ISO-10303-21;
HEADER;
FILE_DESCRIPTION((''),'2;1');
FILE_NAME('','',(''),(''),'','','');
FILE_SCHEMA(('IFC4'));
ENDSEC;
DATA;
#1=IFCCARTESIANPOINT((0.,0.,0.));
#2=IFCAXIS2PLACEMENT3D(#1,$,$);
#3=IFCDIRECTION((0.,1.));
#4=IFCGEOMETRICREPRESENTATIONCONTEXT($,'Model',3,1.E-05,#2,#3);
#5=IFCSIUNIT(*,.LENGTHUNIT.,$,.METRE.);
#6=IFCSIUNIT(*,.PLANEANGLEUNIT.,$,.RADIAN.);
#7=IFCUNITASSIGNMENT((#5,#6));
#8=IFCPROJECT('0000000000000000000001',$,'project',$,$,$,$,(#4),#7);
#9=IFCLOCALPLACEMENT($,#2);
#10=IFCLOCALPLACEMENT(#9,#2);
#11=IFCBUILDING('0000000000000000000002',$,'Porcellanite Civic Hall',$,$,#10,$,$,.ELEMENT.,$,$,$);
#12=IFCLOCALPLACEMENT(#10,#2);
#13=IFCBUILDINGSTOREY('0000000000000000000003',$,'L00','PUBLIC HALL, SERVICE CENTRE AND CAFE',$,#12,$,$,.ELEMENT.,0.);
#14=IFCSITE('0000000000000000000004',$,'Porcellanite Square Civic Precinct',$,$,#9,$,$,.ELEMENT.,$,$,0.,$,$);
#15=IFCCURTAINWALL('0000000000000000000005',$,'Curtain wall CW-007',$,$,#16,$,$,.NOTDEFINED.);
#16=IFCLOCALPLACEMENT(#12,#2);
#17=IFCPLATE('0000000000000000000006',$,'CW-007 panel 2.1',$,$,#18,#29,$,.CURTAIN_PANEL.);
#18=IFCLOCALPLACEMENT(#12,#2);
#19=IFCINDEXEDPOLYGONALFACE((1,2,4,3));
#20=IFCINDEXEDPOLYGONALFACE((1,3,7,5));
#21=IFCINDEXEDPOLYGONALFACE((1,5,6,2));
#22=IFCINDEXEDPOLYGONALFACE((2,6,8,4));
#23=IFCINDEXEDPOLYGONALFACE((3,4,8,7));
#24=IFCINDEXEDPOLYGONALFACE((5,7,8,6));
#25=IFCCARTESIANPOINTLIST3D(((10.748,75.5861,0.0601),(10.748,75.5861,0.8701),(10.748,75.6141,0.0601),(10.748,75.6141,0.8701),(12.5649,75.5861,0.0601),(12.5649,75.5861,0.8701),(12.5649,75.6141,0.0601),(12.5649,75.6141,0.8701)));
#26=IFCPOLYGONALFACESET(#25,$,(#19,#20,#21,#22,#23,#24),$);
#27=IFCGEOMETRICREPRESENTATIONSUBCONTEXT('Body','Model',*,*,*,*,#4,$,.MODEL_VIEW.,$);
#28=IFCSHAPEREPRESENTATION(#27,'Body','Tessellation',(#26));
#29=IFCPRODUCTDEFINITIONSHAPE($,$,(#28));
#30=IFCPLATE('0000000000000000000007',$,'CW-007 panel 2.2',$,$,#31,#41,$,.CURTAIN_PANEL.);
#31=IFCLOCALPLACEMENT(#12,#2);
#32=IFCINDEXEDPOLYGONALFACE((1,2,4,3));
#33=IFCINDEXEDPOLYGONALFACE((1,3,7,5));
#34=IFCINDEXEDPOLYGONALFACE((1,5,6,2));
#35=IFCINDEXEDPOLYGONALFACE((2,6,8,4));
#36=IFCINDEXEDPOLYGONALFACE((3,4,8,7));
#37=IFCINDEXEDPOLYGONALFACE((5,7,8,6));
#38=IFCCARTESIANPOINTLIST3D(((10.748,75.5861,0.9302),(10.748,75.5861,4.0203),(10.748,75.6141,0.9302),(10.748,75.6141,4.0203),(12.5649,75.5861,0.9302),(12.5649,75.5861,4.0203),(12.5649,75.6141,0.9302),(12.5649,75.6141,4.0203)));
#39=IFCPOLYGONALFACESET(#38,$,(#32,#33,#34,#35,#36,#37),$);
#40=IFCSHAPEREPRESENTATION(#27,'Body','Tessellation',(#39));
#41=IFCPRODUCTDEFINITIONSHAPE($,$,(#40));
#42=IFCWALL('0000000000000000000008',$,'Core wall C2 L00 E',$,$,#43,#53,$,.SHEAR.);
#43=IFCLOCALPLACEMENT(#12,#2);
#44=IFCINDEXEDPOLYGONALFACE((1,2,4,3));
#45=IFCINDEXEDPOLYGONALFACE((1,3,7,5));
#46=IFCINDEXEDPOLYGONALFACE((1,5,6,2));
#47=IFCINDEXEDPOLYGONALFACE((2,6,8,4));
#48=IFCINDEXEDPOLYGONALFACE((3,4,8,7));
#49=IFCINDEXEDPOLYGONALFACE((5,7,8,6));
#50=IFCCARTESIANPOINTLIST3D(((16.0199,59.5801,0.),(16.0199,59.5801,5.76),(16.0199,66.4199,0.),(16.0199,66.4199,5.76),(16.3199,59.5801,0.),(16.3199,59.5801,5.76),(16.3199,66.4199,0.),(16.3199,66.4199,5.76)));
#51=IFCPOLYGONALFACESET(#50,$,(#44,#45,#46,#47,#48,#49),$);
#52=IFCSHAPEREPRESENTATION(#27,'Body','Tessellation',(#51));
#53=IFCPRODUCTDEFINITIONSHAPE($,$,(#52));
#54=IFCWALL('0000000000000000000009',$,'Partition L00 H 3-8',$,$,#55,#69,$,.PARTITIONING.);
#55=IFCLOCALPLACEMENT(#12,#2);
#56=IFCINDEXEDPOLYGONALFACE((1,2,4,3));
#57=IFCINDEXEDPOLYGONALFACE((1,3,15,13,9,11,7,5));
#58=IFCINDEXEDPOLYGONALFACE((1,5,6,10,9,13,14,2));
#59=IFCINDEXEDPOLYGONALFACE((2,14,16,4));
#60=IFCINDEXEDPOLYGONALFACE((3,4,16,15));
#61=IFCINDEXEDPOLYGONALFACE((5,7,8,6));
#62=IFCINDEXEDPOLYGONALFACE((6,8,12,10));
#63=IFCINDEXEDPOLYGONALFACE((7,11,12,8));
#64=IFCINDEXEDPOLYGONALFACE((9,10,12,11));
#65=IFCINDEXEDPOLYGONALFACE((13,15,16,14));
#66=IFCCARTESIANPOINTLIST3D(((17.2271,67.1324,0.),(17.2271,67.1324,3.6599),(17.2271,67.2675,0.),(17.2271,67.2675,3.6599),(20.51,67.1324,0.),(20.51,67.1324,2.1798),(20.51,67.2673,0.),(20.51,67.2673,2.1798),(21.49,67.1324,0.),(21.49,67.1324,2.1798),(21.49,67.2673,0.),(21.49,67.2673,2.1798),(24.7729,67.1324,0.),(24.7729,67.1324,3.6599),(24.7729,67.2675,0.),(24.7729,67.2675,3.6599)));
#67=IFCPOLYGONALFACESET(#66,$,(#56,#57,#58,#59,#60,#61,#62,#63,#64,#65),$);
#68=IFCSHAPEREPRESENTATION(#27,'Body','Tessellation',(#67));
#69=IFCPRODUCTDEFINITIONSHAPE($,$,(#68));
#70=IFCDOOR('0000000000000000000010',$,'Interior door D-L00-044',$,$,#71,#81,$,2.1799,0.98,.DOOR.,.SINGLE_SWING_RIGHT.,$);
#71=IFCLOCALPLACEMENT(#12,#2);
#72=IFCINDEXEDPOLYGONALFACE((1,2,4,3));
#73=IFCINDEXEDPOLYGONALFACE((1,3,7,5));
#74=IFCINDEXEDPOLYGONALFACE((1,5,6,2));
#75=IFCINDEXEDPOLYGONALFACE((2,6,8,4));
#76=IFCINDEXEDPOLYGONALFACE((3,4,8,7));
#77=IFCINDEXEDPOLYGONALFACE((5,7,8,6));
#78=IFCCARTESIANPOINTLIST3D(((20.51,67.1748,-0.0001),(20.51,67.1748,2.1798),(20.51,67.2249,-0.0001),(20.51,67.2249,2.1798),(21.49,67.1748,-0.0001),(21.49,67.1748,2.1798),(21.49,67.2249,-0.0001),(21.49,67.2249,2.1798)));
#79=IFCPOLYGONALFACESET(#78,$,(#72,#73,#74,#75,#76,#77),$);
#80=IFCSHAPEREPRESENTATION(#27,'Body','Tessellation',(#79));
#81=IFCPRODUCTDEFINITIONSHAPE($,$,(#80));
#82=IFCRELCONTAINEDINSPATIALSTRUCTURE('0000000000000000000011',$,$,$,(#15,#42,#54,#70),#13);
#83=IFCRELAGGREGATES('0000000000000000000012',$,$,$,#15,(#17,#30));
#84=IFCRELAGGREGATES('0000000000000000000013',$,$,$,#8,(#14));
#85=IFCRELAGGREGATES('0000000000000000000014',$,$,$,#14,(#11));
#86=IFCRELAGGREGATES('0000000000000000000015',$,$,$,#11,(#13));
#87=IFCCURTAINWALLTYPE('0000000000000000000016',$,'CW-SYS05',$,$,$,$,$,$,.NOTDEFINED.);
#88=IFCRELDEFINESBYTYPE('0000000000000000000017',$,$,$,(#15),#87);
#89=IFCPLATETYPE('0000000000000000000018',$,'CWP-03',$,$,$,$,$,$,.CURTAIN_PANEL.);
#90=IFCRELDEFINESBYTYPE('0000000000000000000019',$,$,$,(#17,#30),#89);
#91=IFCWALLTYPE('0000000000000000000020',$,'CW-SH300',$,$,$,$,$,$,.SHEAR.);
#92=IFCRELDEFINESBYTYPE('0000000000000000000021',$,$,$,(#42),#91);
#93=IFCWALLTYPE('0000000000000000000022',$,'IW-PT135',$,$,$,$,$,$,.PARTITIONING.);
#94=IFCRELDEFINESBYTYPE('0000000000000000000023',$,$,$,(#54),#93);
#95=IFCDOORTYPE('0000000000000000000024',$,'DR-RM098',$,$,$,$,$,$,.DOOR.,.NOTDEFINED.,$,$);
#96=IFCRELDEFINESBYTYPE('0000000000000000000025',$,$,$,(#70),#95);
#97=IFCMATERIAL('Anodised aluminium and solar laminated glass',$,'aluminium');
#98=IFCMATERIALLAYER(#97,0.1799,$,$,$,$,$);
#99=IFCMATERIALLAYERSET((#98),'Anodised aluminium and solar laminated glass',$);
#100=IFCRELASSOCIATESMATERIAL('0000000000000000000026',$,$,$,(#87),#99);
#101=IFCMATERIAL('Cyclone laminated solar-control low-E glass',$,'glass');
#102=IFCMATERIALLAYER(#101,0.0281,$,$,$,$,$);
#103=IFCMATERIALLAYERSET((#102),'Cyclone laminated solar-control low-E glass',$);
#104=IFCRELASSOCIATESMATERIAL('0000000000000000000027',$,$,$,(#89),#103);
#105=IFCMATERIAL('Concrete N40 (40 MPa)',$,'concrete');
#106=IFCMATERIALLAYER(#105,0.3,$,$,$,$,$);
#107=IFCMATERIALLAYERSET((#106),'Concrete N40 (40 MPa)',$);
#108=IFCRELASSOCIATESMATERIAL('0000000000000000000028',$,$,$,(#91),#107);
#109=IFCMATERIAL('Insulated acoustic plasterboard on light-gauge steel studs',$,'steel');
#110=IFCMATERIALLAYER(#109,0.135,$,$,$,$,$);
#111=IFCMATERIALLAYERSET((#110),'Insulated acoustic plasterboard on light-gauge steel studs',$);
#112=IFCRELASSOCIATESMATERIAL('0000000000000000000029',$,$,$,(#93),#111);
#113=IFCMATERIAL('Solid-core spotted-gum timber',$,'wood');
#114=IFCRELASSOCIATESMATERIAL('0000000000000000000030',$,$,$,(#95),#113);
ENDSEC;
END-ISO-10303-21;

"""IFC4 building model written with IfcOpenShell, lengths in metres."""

from ifc_helpers import new_model, si_unit, direction, frame, frame_2d, origin, origin_2d, place, context, subcontext, project, spatial, rectangle, extrude, material, layer, layer_set, type_object, element, fill, aggregate, save


model = new_model("IFC4")

# Units and contexts
model_context = context("Model", 3, precision=1e-05, world=origin(), true_north=direction((0.0, 1.0)))
body_context = subcontext(model_context, "Body", "Model", "MODEL_VIEW")
ifc_project = project(units=[si_unit("LENGTHUNIT", "METRE"), si_unit("PLANEANGLEUNIT", "RADIAN")], contexts=[model_context])

# Site, building, storey
site_placement = place(None, origin())
site = spatial("IfcSite", under=ifc_project, at=site_placement, Name="Porcellanite Square Civic Precinct", CompositionType="ELEMENT", RefElevation=0.0)
building_placement = place(site_placement, origin())
building = spatial("IfcBuilding", under=site, at=building_placement, Name="Porcellanite Civic Hall", CompositionType="ELEMENT")
storey_placement = place(building_placement, origin())
storey = spatial("IfcBuildingStorey", under=building, at=storey_placement, Name="L00", Description="PUBLIC HALL, SERVICE CENTRE AND CAFE", CompositionType="ELEMENT", Elevation=0.0)

# Curtain wall
ifc_material_1 = material(Name="Anodised aluminium and solar laminated glass", Category="aluminium")
ifc_layer_1 = layer(ifc_material_1, 0.1799)
ifc_layer_set_1 = layer_set([ifc_layer_1], Name="Anodised aluminium and solar laminated glass")
curtain_wall_type = type_object("IfcCurtainWallType", Name="CW-SYS05", PredefinedType="NOTDEFINED", material=ifc_layer_set_1)
curtain_wall_placement = place(storey_placement, origin())
curtain_wall = element("IfcCurtainWall", 1, at=curtain_wall_placement, inside=storey, type_object=curtain_wall_type, Name="Curtain wall CW-007", PredefinedType="NOTDEFINED")

# Plates
ifc_material_2 = material(Name="Cyclone laminated solar-control low-E glass", Category="glass")
ifc_layer_2 = layer(ifc_material_2, 0.0281)
ifc_layer_set_2 = layer_set([ifc_layer_2], Name="Cyclone laminated solar-control low-E glass")
plate_type = type_object("IfcPlateType", Name="CWP-03", PredefinedType="CURTAIN_PANEL", material=ifc_layer_set_2)
plate_1_placement = place(storey_placement, frame((11.6565, 75.6001, 0.0601), z_axis=(0.0, 0.0, 1.0), x_axis=(1.0, 0.0, 0.0)))
plate_1 = element("IfcPlate", 2, at=plate_1_placement, type_object=plate_type, Name="CW-007 panel 2.1", PredefinedType="CURTAIN_PANEL", context=body_context, shape_type="SweptSolid", body=[
    extrude(rectangle(XDim=1.8169, YDim=0.0281, at=origin_2d()), origin(), (0.0, 0.0, 1.0), 0.8101),
])
plate_2_placement = place(storey_placement, frame((11.6565, 75.6001, 0.9302), z_axis=(0.0, 0.0, 1.0), x_axis=(1.0, 0.0, 0.0)))
plate_2 = element("IfcPlate", 3, at=plate_2_placement, type_object=plate_type, Name="CW-007 panel 2.2", PredefinedType="CURTAIN_PANEL", context=body_context, shape_type="SweptSolid", body=[
    extrude(rectangle(XDim=1.8169, YDim=0.0281, at=origin_2d()), origin(), (0.0, 0.0, 1.0), 3.0901),
])
aggregate(curtain_wall, [plate_1, plate_2])

# Wall
ifc_material_3 = material(Name="Concrete N40 (40 MPa)", Category="concrete")
ifc_layer_3 = layer(ifc_material_3, 0.3)
ifc_layer_set_3 = layer_set([ifc_layer_3], Name="Concrete N40 (40 MPa)")
wall_type_1 = type_object("IfcWallType", Name="CW-SH300", PredefinedType="SHEAR", material=ifc_layer_set_3)
wall_1_placement = place(storey_placement, frame((16.1699, 66.4199, 0.0), z_axis=(0.0, 0.0, 1.0), x_axis=(0.0, -1.0, 0.0)))
element("IfcWall", 4, at=wall_1_placement, inside=storey, type_object=wall_type_1, Name="Core wall C2 L00 E", PredefinedType="SHEAR", context=body_context, shape_type="SweptSolid", body=[
    extrude(rectangle(XDim=6.8398, YDim=0.3, at=frame_2d((3.4199, 0.0))), origin(), (0.0, 0.0, 1.0), 5.76),
])

# Wall, opening, door
ifc_material_4 = material(Name="Insulated acoustic plasterboard on light-gauge steel studs", Category="steel")
ifc_layer_4 = layer(ifc_material_4, 0.135)
ifc_layer_set_4 = layer_set([ifc_layer_4], Name="Insulated acoustic plasterboard on light-gauge steel studs")
wall_type_2 = type_object("IfcWallType", Name="IW-PT135", PredefinedType="PARTITIONING", material=ifc_layer_set_4)
wall_2_placement = place(storey_placement, frame((17.2271, 67.2, 0.0), z_axis=(0.0, 0.0, 1.0), x_axis=(1.0, 0.0, 0.0)))
wall_2 = element("IfcWall", 5, at=wall_2_placement, inside=storey, type_object=wall_type_2, Name="Partition L00 H 3-8", PredefinedType="PARTITIONING", context=body_context, shape_type="SweptSolid", body=[
    extrude(rectangle(XDim=7.5459, YDim=0.135, at=frame_2d((3.7729, 0.0))), origin(), (0.0, 0.0, 1.0), 3.6599),
])
opening_1_placement = place(wall_2_placement, frame((3.283, 0.0, 0.0)))
opening_1 = element("IfcOpeningElement", 6, at=opening_1_placement, cuts=wall_2, PredefinedType="OPENING", context=body_context, shape_type="SweptSolid", body=[
    extrude(rectangle(XDim=0.98, YDim=2.1799, at=frame_2d((0.49, 1.0898))), frame((0.0, 0.0674, 0.0), z_axis=(0.0, -1.0, 0.0), x_axis=(1.0, 0.0, 0.0)), (0.0, 0.0, 1.0), 0.135),
])
ifc_material_5 = material(Name="Solid-core spotted-gum timber", Category="wood")
door_type_1 = type_object("IfcDoorType", Name="DR-RM098", OperationType="NOTDEFINED", PredefinedType="DOOR", material=ifc_material_5)
door_1_placement = place(opening_1_placement, origin())
door_1 = element("IfcDoor", 7, at=door_1_placement, inside=storey, type_object=door_type_1, Name="Interior door D-L00-044", OperationType="SINGLE_SWING_RIGHT", OverallHeight=2.1799, OverallWidth=0.98, PredefinedType="DOOR", context=body_context, shape_type="SweptSolid", body=[
    extrude(rectangle(XDim=0.98, YDim=2.1799, at=frame_2d((0.49, 1.0898))), frame((0.0, 0.0249, 0.0), z_axis=(0.0, -1.0, 0.0), x_axis=(1.0, 0.0, 0.0)), (0.0, 0.0, 1.0), 0.05),
])
fill(opening_1, door_1)

save(model, "model.ifc")
